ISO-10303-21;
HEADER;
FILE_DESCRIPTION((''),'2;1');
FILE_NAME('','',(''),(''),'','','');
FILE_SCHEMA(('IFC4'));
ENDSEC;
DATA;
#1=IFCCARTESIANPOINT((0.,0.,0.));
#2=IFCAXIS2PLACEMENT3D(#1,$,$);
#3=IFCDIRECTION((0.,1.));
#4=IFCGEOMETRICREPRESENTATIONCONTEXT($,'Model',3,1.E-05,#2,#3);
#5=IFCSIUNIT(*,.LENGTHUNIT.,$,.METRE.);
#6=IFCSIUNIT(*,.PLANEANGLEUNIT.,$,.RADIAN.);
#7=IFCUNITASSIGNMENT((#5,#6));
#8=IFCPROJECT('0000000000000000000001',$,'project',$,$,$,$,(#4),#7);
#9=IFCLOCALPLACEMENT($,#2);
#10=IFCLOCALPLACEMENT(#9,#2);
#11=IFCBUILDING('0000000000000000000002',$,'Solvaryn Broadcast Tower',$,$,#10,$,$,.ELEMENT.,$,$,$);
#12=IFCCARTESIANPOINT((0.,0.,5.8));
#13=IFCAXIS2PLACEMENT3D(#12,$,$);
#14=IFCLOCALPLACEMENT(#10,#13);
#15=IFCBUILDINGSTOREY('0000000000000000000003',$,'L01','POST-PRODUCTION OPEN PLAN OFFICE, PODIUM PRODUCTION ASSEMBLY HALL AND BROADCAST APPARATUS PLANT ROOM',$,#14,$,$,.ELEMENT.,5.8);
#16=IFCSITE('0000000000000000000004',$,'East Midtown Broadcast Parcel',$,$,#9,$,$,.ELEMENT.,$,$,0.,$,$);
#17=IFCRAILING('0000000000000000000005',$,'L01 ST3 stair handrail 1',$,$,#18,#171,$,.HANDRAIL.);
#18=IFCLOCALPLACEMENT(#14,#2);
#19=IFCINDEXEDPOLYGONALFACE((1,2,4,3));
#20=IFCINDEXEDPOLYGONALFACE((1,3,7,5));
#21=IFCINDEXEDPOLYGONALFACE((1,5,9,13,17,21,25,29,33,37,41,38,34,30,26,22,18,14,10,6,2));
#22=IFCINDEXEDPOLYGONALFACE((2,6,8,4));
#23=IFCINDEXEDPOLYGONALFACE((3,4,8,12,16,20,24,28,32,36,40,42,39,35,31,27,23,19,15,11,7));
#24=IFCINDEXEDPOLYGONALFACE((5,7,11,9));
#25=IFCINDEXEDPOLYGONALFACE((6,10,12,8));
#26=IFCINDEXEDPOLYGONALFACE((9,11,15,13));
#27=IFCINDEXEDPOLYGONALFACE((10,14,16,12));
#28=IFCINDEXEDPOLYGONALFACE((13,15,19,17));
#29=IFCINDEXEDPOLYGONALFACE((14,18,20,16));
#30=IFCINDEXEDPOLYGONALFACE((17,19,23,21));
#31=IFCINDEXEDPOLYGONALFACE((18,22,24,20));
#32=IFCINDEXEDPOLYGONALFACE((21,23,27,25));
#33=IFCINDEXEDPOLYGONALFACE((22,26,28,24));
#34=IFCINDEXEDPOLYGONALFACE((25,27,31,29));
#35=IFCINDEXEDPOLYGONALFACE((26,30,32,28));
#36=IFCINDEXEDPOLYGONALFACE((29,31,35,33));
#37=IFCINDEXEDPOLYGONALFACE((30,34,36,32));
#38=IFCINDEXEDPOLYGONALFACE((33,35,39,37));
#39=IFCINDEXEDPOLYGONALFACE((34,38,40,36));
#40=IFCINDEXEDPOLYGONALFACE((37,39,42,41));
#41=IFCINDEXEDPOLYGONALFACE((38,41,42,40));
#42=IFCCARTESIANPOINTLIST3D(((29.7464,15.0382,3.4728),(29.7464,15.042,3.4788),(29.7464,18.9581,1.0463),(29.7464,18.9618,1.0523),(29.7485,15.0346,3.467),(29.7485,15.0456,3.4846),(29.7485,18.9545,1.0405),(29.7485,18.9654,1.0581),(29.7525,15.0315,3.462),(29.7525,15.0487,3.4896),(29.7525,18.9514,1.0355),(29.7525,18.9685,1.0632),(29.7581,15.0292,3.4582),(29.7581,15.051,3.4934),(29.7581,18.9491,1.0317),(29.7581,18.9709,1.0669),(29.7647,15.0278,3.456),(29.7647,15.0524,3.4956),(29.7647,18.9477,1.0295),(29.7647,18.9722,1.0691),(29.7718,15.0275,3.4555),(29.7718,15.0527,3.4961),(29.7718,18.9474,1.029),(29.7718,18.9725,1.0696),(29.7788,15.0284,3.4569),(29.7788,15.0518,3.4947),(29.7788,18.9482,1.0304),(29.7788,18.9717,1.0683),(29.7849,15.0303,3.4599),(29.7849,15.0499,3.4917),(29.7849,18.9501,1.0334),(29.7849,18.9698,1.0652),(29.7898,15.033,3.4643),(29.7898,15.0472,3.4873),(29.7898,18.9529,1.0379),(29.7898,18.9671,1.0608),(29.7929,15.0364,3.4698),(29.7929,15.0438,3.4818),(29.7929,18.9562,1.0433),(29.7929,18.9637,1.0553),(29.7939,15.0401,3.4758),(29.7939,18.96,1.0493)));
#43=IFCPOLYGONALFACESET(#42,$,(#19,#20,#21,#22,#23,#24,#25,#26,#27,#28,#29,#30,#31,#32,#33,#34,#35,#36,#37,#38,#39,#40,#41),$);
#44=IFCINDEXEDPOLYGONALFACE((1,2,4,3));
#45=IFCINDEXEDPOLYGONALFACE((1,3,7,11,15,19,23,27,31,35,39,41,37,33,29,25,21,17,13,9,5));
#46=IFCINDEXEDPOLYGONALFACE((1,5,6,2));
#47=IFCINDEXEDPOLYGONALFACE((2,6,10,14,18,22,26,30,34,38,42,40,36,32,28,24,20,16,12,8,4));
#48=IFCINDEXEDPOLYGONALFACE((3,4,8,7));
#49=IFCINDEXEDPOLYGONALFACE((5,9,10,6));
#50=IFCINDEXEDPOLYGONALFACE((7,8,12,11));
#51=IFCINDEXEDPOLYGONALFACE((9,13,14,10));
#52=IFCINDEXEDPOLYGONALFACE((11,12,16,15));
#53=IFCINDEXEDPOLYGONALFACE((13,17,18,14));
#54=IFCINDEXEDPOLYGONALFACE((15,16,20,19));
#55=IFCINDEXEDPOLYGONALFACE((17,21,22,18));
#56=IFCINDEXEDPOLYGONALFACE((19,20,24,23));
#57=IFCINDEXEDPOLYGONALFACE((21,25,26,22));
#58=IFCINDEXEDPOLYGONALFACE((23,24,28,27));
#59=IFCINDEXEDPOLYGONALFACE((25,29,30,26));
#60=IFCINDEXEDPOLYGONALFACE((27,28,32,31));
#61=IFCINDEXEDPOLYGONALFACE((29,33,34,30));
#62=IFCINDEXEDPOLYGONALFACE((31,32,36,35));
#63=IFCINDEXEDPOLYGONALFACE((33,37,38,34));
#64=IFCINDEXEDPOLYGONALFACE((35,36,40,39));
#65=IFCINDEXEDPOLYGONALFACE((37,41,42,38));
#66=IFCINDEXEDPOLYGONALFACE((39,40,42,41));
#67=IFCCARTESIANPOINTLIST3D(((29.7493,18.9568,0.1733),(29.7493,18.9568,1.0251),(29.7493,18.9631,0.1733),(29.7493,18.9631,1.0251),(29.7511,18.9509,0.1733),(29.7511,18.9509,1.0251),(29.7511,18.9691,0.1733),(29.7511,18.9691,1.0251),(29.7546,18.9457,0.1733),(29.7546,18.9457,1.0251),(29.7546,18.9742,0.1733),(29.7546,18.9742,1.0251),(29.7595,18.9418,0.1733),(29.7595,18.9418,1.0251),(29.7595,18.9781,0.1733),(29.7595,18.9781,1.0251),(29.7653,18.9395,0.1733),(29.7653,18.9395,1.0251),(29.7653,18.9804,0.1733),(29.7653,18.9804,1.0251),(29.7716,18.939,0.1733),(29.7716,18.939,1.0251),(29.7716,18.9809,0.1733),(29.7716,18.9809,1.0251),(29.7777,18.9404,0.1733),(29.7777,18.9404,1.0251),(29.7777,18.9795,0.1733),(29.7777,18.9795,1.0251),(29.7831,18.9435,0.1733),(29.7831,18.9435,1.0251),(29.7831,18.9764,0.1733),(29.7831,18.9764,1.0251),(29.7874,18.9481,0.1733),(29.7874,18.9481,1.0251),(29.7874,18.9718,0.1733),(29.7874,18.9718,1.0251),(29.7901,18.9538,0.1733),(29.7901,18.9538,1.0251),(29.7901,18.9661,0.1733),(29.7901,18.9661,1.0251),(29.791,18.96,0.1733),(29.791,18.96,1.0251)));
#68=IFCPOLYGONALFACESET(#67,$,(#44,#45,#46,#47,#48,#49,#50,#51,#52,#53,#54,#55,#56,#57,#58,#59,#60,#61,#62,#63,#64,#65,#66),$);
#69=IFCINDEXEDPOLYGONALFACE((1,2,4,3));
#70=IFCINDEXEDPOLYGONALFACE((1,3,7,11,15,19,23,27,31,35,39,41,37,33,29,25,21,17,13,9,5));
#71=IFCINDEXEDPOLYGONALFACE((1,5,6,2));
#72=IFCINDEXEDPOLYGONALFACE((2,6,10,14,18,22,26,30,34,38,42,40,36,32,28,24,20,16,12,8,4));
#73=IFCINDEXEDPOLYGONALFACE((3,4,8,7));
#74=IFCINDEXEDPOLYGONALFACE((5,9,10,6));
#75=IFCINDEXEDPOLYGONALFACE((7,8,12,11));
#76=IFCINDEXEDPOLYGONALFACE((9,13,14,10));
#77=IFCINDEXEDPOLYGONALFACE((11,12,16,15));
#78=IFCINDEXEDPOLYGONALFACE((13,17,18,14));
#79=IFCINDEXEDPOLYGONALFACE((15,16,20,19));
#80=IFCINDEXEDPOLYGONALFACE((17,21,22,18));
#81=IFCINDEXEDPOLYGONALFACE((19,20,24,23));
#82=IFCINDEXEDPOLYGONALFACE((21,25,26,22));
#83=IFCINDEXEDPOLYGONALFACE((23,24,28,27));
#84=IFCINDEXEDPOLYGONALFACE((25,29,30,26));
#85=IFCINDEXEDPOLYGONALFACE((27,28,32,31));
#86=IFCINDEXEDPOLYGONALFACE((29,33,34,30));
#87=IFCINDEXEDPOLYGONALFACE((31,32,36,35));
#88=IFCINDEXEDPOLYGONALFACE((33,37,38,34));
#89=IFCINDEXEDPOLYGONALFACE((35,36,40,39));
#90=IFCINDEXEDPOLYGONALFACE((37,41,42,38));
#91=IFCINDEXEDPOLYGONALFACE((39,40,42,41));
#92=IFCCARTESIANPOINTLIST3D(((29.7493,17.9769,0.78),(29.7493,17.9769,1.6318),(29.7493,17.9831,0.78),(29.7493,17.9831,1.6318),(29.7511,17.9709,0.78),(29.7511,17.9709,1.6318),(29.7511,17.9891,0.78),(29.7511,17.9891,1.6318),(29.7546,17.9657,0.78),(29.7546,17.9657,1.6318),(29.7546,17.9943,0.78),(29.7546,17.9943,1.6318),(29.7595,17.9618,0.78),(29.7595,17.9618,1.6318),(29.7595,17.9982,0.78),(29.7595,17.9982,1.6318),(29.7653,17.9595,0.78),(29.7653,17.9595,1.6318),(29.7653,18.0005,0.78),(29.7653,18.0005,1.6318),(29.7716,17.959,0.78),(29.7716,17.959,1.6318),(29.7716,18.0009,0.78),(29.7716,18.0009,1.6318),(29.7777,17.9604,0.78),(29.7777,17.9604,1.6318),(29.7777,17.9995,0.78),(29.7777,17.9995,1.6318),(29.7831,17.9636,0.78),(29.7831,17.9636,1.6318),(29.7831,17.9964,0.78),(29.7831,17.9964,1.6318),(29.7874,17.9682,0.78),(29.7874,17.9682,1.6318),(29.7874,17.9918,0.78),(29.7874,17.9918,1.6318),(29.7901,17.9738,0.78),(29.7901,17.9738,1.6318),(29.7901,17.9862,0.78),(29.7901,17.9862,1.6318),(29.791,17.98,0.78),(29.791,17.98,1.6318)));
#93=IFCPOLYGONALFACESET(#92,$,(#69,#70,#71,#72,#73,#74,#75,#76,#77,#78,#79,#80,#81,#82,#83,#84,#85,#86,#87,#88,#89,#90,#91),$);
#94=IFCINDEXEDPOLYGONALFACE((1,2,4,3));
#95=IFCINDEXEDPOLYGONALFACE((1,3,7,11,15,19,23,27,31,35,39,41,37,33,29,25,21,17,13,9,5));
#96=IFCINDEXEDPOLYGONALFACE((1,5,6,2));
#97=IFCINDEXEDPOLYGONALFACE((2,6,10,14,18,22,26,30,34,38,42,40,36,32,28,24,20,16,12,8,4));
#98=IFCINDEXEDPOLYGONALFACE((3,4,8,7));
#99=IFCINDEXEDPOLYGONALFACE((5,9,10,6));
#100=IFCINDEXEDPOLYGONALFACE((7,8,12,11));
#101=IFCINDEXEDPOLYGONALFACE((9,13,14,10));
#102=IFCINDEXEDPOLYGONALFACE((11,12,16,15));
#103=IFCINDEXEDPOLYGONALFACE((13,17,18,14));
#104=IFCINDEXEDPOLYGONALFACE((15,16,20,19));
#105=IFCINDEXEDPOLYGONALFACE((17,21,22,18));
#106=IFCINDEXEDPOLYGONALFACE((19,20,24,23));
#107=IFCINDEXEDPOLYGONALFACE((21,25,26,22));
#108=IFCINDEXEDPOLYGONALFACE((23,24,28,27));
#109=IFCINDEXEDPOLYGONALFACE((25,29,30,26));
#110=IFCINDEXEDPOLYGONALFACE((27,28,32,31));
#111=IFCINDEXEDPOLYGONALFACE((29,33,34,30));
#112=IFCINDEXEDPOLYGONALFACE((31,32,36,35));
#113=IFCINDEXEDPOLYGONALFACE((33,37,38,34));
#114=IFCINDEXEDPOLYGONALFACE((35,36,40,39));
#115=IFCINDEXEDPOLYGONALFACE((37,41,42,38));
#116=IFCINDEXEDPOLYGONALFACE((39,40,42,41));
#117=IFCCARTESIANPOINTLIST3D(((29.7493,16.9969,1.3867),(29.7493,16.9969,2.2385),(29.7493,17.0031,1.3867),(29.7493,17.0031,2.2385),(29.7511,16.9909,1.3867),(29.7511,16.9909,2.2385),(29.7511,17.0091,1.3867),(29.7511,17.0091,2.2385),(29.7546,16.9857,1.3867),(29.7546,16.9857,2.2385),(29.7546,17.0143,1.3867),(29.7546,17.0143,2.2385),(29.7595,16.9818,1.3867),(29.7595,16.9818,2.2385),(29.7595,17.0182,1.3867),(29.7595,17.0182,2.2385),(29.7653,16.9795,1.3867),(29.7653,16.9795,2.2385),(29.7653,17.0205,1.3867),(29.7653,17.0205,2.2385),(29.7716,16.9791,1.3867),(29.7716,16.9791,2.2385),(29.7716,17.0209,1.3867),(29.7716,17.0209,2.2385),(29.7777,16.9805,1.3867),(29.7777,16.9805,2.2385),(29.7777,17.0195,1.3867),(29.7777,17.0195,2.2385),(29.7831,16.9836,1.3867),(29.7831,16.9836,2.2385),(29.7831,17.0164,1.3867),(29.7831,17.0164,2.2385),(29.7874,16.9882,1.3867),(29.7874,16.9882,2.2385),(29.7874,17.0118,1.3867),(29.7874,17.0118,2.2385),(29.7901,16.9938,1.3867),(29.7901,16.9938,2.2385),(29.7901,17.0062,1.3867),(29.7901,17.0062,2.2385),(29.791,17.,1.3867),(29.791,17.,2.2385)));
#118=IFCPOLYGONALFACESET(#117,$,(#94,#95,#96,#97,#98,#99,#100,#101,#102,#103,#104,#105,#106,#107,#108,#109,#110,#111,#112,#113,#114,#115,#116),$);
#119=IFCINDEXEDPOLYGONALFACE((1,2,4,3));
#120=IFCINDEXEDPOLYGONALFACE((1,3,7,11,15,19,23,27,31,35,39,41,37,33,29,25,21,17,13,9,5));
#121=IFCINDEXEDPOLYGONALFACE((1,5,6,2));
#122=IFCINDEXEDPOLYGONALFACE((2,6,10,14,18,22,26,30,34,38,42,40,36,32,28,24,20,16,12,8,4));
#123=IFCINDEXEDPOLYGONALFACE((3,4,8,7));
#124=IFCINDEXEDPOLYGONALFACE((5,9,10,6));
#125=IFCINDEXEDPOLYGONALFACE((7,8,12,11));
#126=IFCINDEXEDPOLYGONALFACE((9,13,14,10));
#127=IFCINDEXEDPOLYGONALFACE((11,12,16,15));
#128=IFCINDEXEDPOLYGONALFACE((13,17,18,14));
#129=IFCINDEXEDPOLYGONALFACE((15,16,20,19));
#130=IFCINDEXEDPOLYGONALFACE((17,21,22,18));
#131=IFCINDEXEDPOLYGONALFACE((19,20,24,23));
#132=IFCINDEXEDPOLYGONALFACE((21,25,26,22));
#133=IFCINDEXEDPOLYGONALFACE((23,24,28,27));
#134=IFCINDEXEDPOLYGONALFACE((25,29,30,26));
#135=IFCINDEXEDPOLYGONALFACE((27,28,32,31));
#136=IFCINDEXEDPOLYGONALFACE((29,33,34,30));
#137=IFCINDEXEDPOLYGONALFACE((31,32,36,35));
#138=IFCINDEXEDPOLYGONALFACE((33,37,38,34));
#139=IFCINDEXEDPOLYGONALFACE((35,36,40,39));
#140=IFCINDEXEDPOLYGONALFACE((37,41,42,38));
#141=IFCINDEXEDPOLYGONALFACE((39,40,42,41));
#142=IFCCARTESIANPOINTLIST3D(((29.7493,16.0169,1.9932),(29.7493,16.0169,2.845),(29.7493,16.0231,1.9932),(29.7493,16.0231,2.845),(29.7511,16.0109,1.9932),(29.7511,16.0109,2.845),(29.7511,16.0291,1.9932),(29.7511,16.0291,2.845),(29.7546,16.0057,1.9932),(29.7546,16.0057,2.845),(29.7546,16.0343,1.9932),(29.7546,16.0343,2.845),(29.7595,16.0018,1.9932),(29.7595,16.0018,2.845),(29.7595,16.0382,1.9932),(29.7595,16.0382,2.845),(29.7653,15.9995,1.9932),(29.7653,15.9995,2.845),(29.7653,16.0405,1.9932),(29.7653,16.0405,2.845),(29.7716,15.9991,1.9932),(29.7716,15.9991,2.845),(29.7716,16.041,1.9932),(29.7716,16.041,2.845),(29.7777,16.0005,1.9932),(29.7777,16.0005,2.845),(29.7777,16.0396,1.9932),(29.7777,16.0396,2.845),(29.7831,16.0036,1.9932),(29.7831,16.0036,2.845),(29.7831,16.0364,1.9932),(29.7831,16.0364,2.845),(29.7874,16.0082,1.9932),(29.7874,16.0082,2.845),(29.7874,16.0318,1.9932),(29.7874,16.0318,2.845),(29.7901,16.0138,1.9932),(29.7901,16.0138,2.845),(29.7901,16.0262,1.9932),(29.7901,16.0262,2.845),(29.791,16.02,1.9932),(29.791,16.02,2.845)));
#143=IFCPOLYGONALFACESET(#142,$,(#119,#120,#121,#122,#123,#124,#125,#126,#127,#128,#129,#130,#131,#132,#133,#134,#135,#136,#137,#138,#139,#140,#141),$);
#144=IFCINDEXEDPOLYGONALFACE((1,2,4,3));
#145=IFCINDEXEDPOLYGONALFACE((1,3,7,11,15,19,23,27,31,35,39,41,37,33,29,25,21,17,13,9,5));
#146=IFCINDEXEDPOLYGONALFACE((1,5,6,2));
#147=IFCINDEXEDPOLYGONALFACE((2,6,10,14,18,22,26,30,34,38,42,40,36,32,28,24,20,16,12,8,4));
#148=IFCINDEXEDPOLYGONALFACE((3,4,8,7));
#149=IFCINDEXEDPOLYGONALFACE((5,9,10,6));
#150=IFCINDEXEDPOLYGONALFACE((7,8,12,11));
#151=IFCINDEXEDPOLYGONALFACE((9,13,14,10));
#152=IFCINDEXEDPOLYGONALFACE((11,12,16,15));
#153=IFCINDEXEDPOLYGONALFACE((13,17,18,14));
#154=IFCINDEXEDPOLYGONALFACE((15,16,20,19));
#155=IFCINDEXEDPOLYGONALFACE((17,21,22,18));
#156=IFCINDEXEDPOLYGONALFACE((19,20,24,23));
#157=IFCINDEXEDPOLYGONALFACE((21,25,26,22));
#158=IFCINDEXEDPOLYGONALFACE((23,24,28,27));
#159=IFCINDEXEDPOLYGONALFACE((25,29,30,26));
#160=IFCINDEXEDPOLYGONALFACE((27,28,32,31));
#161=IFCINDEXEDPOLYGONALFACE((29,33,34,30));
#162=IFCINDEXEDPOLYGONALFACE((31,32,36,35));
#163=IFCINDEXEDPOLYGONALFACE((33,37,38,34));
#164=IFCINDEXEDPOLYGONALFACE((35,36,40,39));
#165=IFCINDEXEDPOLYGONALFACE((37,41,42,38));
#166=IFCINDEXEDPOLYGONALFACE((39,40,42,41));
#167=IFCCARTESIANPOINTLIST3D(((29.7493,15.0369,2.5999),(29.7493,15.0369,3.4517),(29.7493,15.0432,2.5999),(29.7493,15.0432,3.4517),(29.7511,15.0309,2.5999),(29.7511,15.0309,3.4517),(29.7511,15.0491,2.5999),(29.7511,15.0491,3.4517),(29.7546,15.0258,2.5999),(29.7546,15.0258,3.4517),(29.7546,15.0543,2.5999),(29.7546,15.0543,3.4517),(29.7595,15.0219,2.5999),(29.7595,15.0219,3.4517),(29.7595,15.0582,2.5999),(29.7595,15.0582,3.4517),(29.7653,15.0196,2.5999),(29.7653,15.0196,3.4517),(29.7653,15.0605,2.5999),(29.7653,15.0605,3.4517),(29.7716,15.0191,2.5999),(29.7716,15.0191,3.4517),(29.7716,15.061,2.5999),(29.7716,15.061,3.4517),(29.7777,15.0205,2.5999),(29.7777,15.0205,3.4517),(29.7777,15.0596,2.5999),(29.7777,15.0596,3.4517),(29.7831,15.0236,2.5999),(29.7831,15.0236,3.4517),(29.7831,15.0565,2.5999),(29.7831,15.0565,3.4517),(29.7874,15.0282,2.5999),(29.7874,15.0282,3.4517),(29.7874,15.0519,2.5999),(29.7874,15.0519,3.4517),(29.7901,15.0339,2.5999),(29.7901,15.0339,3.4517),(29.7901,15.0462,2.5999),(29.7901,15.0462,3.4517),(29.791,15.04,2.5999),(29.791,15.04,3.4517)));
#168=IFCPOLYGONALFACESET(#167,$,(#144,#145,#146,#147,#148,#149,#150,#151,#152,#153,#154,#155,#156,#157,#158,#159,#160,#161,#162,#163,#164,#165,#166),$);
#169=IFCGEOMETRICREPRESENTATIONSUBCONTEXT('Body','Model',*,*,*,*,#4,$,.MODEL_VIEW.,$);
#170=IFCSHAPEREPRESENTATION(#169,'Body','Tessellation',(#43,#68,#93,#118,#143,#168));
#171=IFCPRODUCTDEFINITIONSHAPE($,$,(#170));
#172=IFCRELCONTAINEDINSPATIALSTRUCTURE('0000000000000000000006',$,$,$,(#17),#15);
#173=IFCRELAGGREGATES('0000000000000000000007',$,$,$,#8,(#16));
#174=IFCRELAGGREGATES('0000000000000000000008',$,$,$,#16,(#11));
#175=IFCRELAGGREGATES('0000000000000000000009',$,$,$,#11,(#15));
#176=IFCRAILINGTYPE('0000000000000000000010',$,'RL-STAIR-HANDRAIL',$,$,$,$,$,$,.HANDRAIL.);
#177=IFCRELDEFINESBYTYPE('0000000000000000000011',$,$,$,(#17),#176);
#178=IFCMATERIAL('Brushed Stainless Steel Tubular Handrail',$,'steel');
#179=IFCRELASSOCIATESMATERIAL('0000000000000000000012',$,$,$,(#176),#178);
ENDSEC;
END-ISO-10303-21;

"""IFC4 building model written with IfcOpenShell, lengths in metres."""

from ifc_helpers import new_model, si_unit, direction, frame, origin, origin_2d, place, context, subcontext, project, spatial, circle, extrude, material, type_object, element, save


model = new_model("IFC4")

# Units and contexts
model_context = context("Model", 3, precision=1e-05, world=origin(), true_north=direction((0.0, 1.0)))
body_context = subcontext(model_context, "Body", "Model", "MODEL_VIEW")
ifc_project = project(units=[si_unit("LENGTHUNIT", "METRE"), si_unit("PLANEANGLEUNIT", "RADIAN")], contexts=[model_context])

# Site, building, storey
site_placement = place(None, origin())
site = spatial("IfcSite", under=ifc_project, at=site_placement, Name="East Midtown Broadcast Parcel", CompositionType="ELEMENT", RefElevation=0.0)
building_placement = place(site_placement, origin())
building = spatial("IfcBuilding", under=site, at=building_placement, Name="Solvaryn Broadcast Tower", CompositionType="ELEMENT")
storey_placement = place(building_placement, frame((0.0, 0.0, 5.8)))
storey = spatial("IfcBuildingStorey", under=building, at=storey_placement, Name="L01", Description="POST-PRODUCTION OPEN PLAN OFFICE, PODIUM PRODUCTION ASSEMBLY HALL AND BROADCAST APPARATUS PLANT ROOM", CompositionType="ELEMENT", Elevation=5.8)

# Railing
ifc_material_1 = material(Name="Brushed Stainless Steel Tubular Handrail", Category="steel")
railing_type_1 = type_object("IfcRailingType", Name="RL-STAIR-HANDRAIL", PredefinedType="HANDRAIL", material=ifc_material_1)
railing_1_placement = place(storey_placement, frame((29.77, 18.96, 0.1733)))
element("IfcRailing", 1, at=railing_1_placement, inside=storey, type_object=railing_type_1, Name="L01 ST3 stair handrail 1", PredefinedType="HANDRAIL", context=body_context, shape_type="SweptSolid", body=[
    extrude(circle(Radius=0.0239, at=origin_2d()), frame((0.0, 0.0, 0.876), z_axis=(0.0, -0.850275, 0.526338), x_axis=(1.0, 0.0, 0.0)), (0.0, 0.0, 1.0), 4.6101),
    extrude(circle(Radius=0.021, at=origin_2d()), origin(), (0.0, 0.0, 1.0), 0.8518),
    extrude(circle(Radius=0.021, at=origin_2d()), frame((0.0, -0.98, 0.6067)), (0.0, 0.0, 1.0), 0.8518),
    extrude(circle(Radius=0.021, at=origin_2d()), frame((0.0, -1.96, 1.2134)), (0.0, 0.0, 1.0), 0.8518),
    extrude(circle(Radius=0.021, at=origin_2d()), frame((0.0, -2.9399, 1.8198)), (0.0, 0.0, 1.0), 0.8518),
    extrude(circle(Radius=0.021, at=origin_2d()), frame((0.0, -3.9199, 2.4265)), (0.0, 0.0, 1.0), 0.8518),
])

save(model, "model.ifc")
